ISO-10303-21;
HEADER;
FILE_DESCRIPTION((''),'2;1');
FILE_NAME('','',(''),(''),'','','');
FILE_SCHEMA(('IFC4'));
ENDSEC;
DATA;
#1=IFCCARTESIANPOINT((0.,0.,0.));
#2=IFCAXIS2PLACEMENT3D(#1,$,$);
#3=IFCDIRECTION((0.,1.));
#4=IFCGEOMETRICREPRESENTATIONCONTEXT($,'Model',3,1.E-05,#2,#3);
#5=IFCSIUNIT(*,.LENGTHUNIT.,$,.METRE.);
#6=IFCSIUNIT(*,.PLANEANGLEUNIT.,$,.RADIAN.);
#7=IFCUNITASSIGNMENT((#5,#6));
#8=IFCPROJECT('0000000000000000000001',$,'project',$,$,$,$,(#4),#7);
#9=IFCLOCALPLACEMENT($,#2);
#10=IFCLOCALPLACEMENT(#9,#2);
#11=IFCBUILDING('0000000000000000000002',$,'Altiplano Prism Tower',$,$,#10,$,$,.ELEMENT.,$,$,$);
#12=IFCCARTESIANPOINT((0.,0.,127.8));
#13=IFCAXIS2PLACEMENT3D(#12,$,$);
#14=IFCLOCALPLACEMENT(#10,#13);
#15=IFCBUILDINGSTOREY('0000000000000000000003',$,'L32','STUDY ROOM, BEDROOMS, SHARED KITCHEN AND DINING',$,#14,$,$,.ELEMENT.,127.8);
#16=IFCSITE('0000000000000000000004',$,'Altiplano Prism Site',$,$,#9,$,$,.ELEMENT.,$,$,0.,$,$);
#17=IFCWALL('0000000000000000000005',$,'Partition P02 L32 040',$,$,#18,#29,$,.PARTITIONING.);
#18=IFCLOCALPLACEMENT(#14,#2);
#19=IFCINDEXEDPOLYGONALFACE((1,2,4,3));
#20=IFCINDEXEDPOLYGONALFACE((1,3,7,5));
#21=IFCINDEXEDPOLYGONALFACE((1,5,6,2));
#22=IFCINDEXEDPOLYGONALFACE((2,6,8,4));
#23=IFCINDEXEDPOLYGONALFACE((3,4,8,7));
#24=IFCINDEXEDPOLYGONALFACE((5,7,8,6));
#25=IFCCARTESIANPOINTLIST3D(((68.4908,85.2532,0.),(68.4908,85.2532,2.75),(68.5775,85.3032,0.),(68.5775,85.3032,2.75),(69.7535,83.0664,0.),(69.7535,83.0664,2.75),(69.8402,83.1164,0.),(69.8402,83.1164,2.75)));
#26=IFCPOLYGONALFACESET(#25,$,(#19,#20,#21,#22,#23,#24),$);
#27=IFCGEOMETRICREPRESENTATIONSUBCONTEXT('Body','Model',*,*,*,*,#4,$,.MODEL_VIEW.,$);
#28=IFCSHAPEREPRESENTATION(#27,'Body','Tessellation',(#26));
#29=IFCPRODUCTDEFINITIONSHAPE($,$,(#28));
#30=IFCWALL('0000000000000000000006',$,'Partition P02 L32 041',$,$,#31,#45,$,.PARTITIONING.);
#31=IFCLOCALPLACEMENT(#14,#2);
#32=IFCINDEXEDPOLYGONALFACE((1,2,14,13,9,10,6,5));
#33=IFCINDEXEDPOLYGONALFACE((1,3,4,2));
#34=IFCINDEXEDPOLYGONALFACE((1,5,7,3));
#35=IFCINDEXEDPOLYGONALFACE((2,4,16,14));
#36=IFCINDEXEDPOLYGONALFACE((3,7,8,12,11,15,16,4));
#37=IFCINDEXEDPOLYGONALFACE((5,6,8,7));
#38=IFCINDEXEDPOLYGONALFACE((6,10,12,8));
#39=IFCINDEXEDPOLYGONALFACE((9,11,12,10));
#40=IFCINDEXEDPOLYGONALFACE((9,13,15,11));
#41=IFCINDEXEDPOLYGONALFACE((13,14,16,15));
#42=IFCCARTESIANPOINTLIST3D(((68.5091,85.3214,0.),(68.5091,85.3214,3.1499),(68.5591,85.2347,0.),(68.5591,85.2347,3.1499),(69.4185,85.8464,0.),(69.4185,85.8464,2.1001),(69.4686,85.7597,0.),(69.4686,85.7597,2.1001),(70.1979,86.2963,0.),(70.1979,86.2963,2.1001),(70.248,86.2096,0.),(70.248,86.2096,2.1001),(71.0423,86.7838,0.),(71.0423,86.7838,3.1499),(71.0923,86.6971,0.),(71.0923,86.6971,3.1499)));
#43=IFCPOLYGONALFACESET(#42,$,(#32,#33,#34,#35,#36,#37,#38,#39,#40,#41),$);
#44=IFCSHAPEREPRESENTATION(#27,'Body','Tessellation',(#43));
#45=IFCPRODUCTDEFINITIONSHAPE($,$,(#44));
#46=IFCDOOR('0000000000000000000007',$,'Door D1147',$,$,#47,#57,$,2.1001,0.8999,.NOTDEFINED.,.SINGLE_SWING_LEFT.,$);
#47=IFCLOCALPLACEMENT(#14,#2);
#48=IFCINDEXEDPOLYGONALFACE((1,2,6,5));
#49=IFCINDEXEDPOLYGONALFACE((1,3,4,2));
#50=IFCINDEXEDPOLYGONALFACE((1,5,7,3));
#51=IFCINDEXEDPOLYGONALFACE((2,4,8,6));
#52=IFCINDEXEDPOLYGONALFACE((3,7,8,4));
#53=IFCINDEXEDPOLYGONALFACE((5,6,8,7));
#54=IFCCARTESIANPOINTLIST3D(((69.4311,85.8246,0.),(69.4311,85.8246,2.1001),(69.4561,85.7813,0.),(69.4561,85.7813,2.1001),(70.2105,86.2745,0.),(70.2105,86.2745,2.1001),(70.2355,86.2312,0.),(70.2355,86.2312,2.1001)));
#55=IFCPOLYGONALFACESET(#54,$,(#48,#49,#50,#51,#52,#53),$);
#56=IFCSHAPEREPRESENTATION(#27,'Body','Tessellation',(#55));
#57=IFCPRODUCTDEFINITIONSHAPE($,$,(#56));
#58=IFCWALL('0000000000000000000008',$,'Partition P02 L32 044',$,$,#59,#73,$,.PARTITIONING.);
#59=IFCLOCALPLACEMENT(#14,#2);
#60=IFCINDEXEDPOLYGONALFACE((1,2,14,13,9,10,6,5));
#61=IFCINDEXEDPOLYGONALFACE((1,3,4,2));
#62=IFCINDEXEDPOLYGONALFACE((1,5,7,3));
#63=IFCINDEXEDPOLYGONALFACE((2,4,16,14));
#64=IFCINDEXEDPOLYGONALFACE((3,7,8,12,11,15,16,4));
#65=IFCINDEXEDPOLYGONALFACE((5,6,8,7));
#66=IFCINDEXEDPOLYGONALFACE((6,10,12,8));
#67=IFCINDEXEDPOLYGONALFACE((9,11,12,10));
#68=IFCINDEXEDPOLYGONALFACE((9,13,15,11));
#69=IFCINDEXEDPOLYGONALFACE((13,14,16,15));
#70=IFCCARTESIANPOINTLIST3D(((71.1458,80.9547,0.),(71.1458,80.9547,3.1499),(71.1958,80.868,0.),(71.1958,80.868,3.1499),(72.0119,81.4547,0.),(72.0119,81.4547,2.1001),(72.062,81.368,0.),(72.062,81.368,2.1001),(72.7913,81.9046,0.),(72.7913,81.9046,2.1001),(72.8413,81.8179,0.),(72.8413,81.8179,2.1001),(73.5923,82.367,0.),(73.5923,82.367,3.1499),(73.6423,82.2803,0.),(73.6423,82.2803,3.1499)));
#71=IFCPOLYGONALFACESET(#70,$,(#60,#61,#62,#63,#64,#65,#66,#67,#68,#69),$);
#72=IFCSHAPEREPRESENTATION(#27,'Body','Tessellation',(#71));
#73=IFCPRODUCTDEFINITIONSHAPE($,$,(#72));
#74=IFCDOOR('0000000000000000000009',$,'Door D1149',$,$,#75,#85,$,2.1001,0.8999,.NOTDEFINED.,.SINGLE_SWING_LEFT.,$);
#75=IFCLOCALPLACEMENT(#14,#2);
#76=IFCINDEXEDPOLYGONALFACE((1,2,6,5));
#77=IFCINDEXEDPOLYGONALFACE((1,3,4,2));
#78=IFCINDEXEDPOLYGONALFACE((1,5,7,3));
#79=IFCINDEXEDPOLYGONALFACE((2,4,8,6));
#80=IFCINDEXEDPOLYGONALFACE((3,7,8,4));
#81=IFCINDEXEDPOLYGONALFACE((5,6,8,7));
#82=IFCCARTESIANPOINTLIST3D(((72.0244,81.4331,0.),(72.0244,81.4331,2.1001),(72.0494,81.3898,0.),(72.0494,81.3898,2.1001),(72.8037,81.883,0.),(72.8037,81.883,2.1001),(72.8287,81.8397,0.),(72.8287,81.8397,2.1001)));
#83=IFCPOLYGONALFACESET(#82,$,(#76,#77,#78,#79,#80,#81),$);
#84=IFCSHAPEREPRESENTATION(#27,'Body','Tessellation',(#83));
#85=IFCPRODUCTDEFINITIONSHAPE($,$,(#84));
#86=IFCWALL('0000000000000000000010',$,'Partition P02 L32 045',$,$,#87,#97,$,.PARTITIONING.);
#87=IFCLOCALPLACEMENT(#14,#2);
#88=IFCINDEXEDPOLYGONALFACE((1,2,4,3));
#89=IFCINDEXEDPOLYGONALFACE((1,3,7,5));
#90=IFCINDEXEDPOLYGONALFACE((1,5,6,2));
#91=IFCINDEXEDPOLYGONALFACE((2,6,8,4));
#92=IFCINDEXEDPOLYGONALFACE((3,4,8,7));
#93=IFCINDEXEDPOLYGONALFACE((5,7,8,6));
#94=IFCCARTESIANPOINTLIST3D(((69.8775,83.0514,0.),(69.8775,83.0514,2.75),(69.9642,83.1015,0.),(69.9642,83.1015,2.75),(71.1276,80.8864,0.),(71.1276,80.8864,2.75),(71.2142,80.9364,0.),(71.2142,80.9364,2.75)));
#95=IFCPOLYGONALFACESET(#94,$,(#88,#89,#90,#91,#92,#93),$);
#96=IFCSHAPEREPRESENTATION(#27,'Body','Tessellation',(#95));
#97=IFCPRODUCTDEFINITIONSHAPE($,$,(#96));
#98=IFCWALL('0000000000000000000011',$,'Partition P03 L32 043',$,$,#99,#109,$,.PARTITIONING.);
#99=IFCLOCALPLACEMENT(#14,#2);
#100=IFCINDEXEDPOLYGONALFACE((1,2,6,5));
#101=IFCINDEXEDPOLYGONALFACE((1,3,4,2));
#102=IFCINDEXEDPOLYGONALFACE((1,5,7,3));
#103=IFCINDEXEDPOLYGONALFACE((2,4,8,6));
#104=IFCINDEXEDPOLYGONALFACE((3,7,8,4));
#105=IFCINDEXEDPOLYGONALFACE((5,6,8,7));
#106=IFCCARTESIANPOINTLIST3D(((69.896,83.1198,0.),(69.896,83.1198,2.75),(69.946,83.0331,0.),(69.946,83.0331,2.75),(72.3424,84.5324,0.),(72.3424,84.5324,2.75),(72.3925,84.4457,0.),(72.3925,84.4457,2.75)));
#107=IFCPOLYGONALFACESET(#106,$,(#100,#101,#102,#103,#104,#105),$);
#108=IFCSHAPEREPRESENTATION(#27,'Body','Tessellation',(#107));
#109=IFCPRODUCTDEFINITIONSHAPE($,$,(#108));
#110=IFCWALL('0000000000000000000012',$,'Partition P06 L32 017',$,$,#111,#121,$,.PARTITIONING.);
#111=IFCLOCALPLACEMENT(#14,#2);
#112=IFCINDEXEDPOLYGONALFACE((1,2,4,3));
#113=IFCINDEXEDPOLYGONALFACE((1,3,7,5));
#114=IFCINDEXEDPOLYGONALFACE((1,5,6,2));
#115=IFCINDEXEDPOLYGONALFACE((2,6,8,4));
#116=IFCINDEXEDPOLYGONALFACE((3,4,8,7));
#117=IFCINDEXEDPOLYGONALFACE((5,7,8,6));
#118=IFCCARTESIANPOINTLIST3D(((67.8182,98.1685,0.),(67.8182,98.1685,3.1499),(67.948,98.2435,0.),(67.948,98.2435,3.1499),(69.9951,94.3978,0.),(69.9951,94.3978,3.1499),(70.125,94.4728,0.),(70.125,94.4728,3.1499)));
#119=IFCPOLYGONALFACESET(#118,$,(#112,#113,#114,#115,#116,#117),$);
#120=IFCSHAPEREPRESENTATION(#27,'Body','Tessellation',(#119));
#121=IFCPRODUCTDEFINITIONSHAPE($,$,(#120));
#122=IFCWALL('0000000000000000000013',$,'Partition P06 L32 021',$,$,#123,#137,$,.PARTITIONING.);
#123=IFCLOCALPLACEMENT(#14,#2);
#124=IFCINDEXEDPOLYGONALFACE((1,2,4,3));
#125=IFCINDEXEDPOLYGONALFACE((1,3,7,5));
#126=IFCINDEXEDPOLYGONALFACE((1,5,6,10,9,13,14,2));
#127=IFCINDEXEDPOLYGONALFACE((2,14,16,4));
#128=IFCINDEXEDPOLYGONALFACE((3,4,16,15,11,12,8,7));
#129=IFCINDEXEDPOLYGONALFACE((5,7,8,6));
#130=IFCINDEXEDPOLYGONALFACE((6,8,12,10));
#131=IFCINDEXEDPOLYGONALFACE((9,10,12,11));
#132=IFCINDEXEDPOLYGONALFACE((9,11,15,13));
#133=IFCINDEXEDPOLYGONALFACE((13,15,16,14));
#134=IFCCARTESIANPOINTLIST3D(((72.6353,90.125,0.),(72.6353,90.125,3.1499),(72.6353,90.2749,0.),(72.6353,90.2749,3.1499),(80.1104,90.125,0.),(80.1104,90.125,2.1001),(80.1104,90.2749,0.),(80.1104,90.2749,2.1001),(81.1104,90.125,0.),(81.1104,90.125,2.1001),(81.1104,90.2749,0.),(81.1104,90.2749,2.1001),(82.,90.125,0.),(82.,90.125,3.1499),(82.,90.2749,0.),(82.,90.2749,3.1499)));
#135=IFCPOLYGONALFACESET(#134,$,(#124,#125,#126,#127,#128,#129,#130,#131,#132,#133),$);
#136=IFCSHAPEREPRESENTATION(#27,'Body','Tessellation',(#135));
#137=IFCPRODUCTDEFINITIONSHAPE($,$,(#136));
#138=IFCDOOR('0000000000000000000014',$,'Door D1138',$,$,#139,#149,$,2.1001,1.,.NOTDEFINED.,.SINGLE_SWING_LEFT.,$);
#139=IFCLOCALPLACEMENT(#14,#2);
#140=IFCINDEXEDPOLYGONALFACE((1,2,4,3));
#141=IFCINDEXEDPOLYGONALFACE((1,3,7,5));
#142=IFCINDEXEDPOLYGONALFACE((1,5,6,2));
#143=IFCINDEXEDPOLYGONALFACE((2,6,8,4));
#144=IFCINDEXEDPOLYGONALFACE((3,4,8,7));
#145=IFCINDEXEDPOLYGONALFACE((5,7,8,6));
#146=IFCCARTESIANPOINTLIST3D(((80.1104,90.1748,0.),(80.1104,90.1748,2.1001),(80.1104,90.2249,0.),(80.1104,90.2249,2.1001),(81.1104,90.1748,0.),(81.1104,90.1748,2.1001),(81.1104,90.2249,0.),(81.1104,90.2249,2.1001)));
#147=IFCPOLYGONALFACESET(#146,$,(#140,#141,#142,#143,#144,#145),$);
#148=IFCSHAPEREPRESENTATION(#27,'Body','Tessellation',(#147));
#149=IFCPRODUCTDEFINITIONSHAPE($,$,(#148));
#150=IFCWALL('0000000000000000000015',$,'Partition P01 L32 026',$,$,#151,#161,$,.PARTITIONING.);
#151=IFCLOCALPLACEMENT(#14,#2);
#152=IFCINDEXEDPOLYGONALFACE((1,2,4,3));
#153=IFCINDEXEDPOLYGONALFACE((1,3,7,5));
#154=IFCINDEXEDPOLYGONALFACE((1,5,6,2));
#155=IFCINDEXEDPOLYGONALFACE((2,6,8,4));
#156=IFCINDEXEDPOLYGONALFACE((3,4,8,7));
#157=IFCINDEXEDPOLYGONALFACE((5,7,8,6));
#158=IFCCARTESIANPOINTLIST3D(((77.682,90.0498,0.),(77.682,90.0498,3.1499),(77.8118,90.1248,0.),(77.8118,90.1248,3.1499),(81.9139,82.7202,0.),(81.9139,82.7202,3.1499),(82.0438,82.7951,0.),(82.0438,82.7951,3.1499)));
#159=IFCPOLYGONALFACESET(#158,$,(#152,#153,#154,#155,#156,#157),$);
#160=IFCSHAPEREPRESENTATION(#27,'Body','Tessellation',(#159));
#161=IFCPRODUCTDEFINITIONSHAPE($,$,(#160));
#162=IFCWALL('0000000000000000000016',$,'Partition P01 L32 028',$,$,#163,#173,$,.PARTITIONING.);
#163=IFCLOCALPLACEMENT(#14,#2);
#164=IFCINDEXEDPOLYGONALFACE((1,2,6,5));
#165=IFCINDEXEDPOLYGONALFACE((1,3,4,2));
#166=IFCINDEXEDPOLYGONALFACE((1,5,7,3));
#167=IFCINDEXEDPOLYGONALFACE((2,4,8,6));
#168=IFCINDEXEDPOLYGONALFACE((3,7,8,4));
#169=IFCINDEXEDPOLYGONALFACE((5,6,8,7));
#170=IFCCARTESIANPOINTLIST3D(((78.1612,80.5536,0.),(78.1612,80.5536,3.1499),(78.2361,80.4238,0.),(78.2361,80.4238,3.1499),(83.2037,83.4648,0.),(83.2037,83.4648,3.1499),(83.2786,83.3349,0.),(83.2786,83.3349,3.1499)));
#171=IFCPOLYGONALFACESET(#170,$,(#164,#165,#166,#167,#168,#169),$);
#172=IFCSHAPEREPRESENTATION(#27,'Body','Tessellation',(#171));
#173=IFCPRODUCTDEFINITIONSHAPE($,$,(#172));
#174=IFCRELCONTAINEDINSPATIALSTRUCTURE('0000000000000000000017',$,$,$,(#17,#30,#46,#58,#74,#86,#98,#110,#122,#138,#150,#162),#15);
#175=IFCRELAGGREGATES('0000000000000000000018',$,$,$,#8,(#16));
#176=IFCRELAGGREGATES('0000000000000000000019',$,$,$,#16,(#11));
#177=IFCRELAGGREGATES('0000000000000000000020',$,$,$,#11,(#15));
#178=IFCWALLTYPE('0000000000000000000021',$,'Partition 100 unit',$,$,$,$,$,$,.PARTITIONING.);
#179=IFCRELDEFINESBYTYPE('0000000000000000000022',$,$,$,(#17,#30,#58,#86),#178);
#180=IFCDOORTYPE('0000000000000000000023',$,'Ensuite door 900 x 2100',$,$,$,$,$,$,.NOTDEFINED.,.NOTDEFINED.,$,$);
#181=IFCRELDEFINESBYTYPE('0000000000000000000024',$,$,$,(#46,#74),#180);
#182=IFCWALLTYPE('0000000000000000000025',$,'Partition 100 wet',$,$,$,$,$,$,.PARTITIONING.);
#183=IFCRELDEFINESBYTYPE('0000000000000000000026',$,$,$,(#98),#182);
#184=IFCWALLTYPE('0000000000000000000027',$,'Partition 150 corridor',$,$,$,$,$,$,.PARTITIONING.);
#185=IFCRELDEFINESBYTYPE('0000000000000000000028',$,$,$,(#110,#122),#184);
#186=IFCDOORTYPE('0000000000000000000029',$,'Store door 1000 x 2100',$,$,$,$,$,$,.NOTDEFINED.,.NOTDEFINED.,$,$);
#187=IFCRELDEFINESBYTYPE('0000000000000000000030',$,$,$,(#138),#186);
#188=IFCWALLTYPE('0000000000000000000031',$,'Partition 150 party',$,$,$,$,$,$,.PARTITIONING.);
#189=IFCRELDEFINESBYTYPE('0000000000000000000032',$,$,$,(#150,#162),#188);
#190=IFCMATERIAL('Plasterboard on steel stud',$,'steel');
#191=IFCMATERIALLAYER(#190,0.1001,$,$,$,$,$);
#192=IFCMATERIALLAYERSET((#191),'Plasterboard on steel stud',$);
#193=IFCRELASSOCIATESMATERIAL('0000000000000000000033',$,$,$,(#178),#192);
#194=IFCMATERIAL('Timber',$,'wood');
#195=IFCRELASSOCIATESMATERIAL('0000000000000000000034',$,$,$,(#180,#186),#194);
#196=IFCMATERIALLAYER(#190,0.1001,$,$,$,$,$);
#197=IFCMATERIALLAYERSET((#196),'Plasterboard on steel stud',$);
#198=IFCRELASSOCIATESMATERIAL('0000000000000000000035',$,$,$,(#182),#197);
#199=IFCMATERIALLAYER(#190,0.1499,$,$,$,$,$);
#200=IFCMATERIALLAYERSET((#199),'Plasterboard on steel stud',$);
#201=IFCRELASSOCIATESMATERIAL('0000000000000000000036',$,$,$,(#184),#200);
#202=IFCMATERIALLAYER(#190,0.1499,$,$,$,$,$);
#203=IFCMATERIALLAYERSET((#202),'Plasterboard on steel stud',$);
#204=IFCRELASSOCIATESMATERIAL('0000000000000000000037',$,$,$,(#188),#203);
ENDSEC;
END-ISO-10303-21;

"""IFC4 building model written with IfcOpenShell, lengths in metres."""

from ifc_helpers import new_model, si_unit, direction, frame, frame_2d, origin, place, context, subcontext, project, spatial, rectangle, extrude, material, layer, layer_set, type_object, element, fill, save


model = new_model("IFC4")

# Units and contexts
model_context = context("Model", 3, precision=1e-05, world=origin(), true_north=direction((0.0, 1.0)))
body_context = subcontext(model_context, "Body", "Model", "MODEL_VIEW")
ifc_project = project(units=[si_unit("LENGTHUNIT", "METRE"), si_unit("PLANEANGLEUNIT", "RADIAN")], contexts=[model_context])

# Site, building, storey
site_placement = place(None, origin())
site = spatial("IfcSite", under=ifc_project, at=site_placement, Name="Altiplano Prism Site", CompositionType="ELEMENT", RefElevation=0.0)
building_placement = place(site_placement, origin())
building = spatial("IfcBuilding", under=site, at=building_placement, Name="Altiplano Prism Tower", CompositionType="ELEMENT")
storey_placement = place(building_placement, frame((0.0, 0.0, 127.8)))
storey = spatial("IfcBuildingStorey", under=building, at=storey_placement, Name="L32", Description="STUDY ROOM, BEDROOMS, SHARED KITCHEN AND DINING", CompositionType="ELEMENT", Elevation=127.8)

# Shared definitions
ifc_material_1 = material(Name="Plasterboard on steel stud", Category="steel")
ifc_layer_1 = layer(ifc_material_1, 0.1001)
ifc_layer_set_1 = layer_set([ifc_layer_1], Name="Plasterboard on steel stud")
wall_type_1 = type_object("IfcWallType", Name="Partition 100 unit", PredefinedType="PARTITIONING", material=ifc_layer_set_1)
ifc_material_2 = material(Name="Timber", Category="wood")
door_type_1 = type_object("IfcDoorType", Name="Ensuite door 900 x 2100", OperationType="NOTDEFINED", PredefinedType="NOTDEFINED", material=ifc_material_2)

# Wall
wall_1_placement = place(storey_placement, frame((69.7969, 83.0913, 0.0), z_axis=(0.0, 0.0, 1.0), x_axis=(-0.500049, 0.865997, 0.0)))
element("IfcWall", 1, at=wall_1_placement, inside=storey, type_object=wall_type_1, Name="Partition P02 L32 040", PredefinedType="PARTITIONING", context=body_context, shape_type="SweptSolid", body=[
    extrude(rectangle(XDim=2.5251, YDim=0.1001, at=frame_2d((1.2627, 0.0))), origin(), (0.0, 0.0, 1.0), 2.75),
])

# Walls, openings, doors
wall_2_placement = place(storey_placement, frame((68.5342, 85.2781, 0.0), z_axis=(0.0, 0.0, 1.0), x_axis=(0.866047, 0.499963, 0.0)))
wall_2 = element("IfcWall", 2, at=wall_2_placement, inside=storey, type_object=wall_type_1, Name="Partition P02 L32 041", PredefinedType="PARTITIONING", context=body_context, shape_type="SweptSolid", body=[
    extrude(rectangle(XDim=2.925, YDim=0.1001, at=frame_2d((1.4624, 0.0))), origin(), (0.0, 0.0, 1.0), 3.1499),
])
opening_1_placement = place(wall_2_placement, frame((1.05, 0.0, 0.0)))
opening_1 = element("IfcOpeningElement", 3, at=opening_1_placement, cuts=wall_2, PredefinedType="OPENING", context=body_context, shape_type="SweptSolid", body=[
    extrude(rectangle(XDim=0.8999, YDim=2.1001, at=frame_2d((0.45, 1.05))), frame((0.0, 0.0605, 0.0), z_axis=(0.0, -1.0, 0.0), x_axis=(1.0, 0.0, 0.0)), (0.0, 0.0, 1.0), 0.1211),
])
door_1_placement = place(opening_1_placement, origin())
door_1 = element("IfcDoor", 4, at=door_1_placement, inside=storey, type_object=door_type_1, Name="Door D1147", OperationType="SINGLE_SWING_LEFT", OverallHeight=2.1001, OverallWidth=0.8999, PredefinedType="NOTDEFINED", context=body_context, shape_type="SweptSolid", body=[
    extrude(rectangle(XDim=0.8999, YDim=2.1001, at=frame_2d((0.45, 1.05))), frame((0.0, 0.0249, 0.0), z_axis=(0.0, -1.0, 0.0), x_axis=(1.0, 0.0, 0.0)), (0.0, 0.0, 1.0), 0.05),
])
fill(opening_1, door_1)
wall_3_placement = place(storey_placement, frame((73.6174, 82.3237, 0.0), z_axis=(0.0, 0.0, 1.0), x_axis=(-0.866049, -0.499959, 0.0)))
wall_3 = element("IfcWall", 5, at=wall_3_placement, inside=storey, type_object=wall_type_1, Name="Partition P02 L32 044", PredefinedType="PARTITIONING", context=body_context, shape_type="SweptSolid", body=[
    extrude(rectangle(XDim=2.825, YDim=0.1001, at=frame_2d((1.4126, 0.0))), origin(), (0.0, 0.0, 1.0), 3.1499),
])
opening_2_placement = place(wall_3_placement, frame((0.925, 0.0, 0.0)))
opening_2 = element("IfcOpeningElement", 6, at=opening_2_placement, cuts=wall_3, PredefinedType="OPENING", context=body_context, shape_type="SweptSolid", body=[
    extrude(rectangle(XDim=0.8999, YDim=2.1001, at=frame_2d((0.45, 1.05))), frame((0.0, 0.0605, 0.0), z_axis=(0.0, -1.0, 0.0), x_axis=(1.0, 0.0, 0.0)), (0.0, 0.0, 1.0), 0.1211),
])
door_2_placement = place(opening_2_placement, origin())
door_2 = element("IfcDoor", 7, at=door_2_placement, inside=storey, type_object=door_type_1, Name="Door D1149", OperationType="SINGLE_SWING_LEFT", OverallHeight=2.1001, OverallWidth=0.8999, PredefinedType="NOTDEFINED", context=body_context, shape_type="SweptSolid", body=[
    extrude(rectangle(XDim=0.8999, YDim=2.1001, at=frame_2d((0.45, 1.05))), frame((0.0, 0.0249, 0.0), z_axis=(0.0, -1.0, 0.0), x_axis=(1.0, 0.0, 0.0)), (0.0, 0.0, 1.0), 0.05),
])
fill(opening_2, door_2)

# Walls
wall_4_placement = place(storey_placement, frame((71.1709, 80.9114, 0.0), z_axis=(0.0, 0.0, 1.0), x_axis=(-0.500004, 0.866023, 0.0)))
element("IfcWall", 8, at=wall_4_placement, inside=storey, type_object=wall_type_1, Name="Partition P02 L32 045", PredefinedType="PARTITIONING", context=body_context, shape_type="SweptSolid", body=[
    extrude(rectangle(XDim=2.5, YDim=0.1001, at=frame_2d((1.25, 0.0))), origin(), (0.0, 0.0, 1.0), 2.75),
])
ifc_layer_2 = layer(ifc_material_1, 0.1001)
ifc_layer_set_2 = layer_set([ifc_layer_2], Name="Plasterboard on steel stud")
wall_type_2 = type_object("IfcWallType", Name="Partition 100 wet", PredefinedType="PARTITIONING", material=ifc_layer_set_2)
wall_5_placement = place(storey_placement, frame((69.9209, 83.0764, 0.0), z_axis=(0.0, 0.0, 1.0), x_axis=(0.866011, 0.500024, 0.0)))
element("IfcWall", 9, at=wall_5_placement, inside=storey, type_object=wall_type_2, Name="Partition P03 L32 043", PredefinedType="PARTITIONING", context=body_context, shape_type="SweptSolid", body=[
    extrude(rectangle(XDim=2.825, YDim=0.1001, at=frame_2d((1.4126, 0.0))), origin(), (0.0, 0.0, 1.0), 2.75),
])
ifc_layer_3 = layer(ifc_material_1, 0.1499)
ifc_layer_set_3 = layer_set([ifc_layer_3], Name="Plasterboard on steel stud")
wall_type_3 = type_object("IfcWallType", Name="Partition 150 corridor", PredefinedType="PARTITIONING", material=ifc_layer_set_3)
wall_6_placement = place(storey_placement, frame((70.0601, 94.4353, 0.0), z_axis=(0.0, 0.0, 1.0), x_axis=(-0.499993, 0.86603, 0.0)))
element("IfcWall", 10, at=wall_6_placement, inside=storey, type_object=wall_type_3, Name="Partition P06 L32 017", PredefinedType="PARTITIONING", context=body_context, shape_type="SweptSolid", body=[
    extrude(rectangle(XDim=4.354, YDim=0.1499, at=frame_2d((2.177, 0.0))), origin(), (0.0, 0.0, 1.0), 3.1499),
])

# Wall, opening, door
wall_7_placement = place(storey_placement, frame((72.6353, 90.2, 0.0), z_axis=(0.0, 0.0, 1.0), x_axis=(1.0, 0.0, 0.0)))
wall_7 = element("IfcWall", 11, at=wall_7_placement, inside=storey, type_object=wall_type_3, Name="Partition P06 L32 021", PredefinedType="PARTITIONING", context=body_context, shape_type="SweptSolid", body=[
    extrude(rectangle(XDim=9.3647, YDim=0.1499, at=frame_2d((4.6824, 0.0))), origin(), (0.0, 0.0, 1.0), 3.1499),
])
opening_3_placement = place(wall_7_placement, frame((7.4751, 0.0, 0.0)))
opening_3 = element("IfcOpeningElement", 12, at=opening_3_placement, cuts=wall_7, PredefinedType="OPENING", context=body_context, shape_type="SweptSolid", body=[
    extrude(rectangle(XDim=1.0, YDim=2.1001, at=frame_2d((0.5, 1.05))), frame((0.0, 0.0854, 0.0), z_axis=(0.0, -1.0, 0.0), x_axis=(1.0, 0.0, 0.0)), (0.0, 0.0, 1.0), 0.1709),
])
door_type_2 = type_object("IfcDoorType", Name="Store door 1000 x 2100", OperationType="NOTDEFINED", PredefinedType="NOTDEFINED", material=ifc_material_2)
door_3_placement = place(opening_3_placement, origin())
door_3 = element("IfcDoor", 13, at=door_3_placement, inside=storey, type_object=door_type_2, Name="Door D1138", OperationType="SINGLE_SWING_LEFT", OverallHeight=2.1001, OverallWidth=1.0, PredefinedType="NOTDEFINED", context=body_context, shape_type="SweptSolid", body=[
    extrude(rectangle(XDim=1.0, YDim=2.1001, at=frame_2d((0.5, 1.05))), frame((0.0, 0.0249, 0.0), z_axis=(0.0, -1.0, 0.0), x_axis=(1.0, 0.0, 0.0)), (0.0, 0.0, 1.0), 0.05),
])
fill(opening_3, door_3)

# Walls
ifc_layer_4 = layer(ifc_material_1, 0.1499)
ifc_layer_set_4 = layer_set([ifc_layer_4], Name="Plasterboard on steel stud")
wall_type_4 = type_object("IfcWallType", Name="Partition 150 party", PredefinedType="PARTITIONING", material=ifc_layer_set_4)
wall_8_placement = place(storey_placement, frame((77.7468, 90.0874, 0.0), z_axis=(0.0, 0.0, 1.0), x_axis=(0.500017, -0.866016, 0.0)))
element("IfcWall", 14, at=wall_8_placement, inside=storey, type_object=wall_type_4, Name="Partition P01 L32 026", PredefinedType="PARTITIONING", context=body_context, shape_type="SweptSolid", body=[
    extrude(rectangle(XDim=8.4636, YDim=0.1499, at=frame_2d((4.2319, 0.0))), origin(), (0.0, 0.0, 1.0), 3.1499),
])
wall_9_placement = place(storey_placement, frame((78.1987, 80.4888, 0.0), z_axis=(0.0, 0.0, 1.0), x_axis=(0.866036, 0.499981, 0.0)))
element("IfcWall", 15, at=wall_9_placement, inside=storey, type_object=wall_type_4, Name="Partition P01 L32 028", PredefinedType="PARTITIONING", context=body_context, shape_type="SweptSolid", body=[
    extrude(rectangle(XDim=5.8225, YDim=0.1499, at=frame_2d((2.9111, 0.0))), origin(), (0.0, 0.0, 1.0), 3.1499),
])

save(model, "model.ifc")
